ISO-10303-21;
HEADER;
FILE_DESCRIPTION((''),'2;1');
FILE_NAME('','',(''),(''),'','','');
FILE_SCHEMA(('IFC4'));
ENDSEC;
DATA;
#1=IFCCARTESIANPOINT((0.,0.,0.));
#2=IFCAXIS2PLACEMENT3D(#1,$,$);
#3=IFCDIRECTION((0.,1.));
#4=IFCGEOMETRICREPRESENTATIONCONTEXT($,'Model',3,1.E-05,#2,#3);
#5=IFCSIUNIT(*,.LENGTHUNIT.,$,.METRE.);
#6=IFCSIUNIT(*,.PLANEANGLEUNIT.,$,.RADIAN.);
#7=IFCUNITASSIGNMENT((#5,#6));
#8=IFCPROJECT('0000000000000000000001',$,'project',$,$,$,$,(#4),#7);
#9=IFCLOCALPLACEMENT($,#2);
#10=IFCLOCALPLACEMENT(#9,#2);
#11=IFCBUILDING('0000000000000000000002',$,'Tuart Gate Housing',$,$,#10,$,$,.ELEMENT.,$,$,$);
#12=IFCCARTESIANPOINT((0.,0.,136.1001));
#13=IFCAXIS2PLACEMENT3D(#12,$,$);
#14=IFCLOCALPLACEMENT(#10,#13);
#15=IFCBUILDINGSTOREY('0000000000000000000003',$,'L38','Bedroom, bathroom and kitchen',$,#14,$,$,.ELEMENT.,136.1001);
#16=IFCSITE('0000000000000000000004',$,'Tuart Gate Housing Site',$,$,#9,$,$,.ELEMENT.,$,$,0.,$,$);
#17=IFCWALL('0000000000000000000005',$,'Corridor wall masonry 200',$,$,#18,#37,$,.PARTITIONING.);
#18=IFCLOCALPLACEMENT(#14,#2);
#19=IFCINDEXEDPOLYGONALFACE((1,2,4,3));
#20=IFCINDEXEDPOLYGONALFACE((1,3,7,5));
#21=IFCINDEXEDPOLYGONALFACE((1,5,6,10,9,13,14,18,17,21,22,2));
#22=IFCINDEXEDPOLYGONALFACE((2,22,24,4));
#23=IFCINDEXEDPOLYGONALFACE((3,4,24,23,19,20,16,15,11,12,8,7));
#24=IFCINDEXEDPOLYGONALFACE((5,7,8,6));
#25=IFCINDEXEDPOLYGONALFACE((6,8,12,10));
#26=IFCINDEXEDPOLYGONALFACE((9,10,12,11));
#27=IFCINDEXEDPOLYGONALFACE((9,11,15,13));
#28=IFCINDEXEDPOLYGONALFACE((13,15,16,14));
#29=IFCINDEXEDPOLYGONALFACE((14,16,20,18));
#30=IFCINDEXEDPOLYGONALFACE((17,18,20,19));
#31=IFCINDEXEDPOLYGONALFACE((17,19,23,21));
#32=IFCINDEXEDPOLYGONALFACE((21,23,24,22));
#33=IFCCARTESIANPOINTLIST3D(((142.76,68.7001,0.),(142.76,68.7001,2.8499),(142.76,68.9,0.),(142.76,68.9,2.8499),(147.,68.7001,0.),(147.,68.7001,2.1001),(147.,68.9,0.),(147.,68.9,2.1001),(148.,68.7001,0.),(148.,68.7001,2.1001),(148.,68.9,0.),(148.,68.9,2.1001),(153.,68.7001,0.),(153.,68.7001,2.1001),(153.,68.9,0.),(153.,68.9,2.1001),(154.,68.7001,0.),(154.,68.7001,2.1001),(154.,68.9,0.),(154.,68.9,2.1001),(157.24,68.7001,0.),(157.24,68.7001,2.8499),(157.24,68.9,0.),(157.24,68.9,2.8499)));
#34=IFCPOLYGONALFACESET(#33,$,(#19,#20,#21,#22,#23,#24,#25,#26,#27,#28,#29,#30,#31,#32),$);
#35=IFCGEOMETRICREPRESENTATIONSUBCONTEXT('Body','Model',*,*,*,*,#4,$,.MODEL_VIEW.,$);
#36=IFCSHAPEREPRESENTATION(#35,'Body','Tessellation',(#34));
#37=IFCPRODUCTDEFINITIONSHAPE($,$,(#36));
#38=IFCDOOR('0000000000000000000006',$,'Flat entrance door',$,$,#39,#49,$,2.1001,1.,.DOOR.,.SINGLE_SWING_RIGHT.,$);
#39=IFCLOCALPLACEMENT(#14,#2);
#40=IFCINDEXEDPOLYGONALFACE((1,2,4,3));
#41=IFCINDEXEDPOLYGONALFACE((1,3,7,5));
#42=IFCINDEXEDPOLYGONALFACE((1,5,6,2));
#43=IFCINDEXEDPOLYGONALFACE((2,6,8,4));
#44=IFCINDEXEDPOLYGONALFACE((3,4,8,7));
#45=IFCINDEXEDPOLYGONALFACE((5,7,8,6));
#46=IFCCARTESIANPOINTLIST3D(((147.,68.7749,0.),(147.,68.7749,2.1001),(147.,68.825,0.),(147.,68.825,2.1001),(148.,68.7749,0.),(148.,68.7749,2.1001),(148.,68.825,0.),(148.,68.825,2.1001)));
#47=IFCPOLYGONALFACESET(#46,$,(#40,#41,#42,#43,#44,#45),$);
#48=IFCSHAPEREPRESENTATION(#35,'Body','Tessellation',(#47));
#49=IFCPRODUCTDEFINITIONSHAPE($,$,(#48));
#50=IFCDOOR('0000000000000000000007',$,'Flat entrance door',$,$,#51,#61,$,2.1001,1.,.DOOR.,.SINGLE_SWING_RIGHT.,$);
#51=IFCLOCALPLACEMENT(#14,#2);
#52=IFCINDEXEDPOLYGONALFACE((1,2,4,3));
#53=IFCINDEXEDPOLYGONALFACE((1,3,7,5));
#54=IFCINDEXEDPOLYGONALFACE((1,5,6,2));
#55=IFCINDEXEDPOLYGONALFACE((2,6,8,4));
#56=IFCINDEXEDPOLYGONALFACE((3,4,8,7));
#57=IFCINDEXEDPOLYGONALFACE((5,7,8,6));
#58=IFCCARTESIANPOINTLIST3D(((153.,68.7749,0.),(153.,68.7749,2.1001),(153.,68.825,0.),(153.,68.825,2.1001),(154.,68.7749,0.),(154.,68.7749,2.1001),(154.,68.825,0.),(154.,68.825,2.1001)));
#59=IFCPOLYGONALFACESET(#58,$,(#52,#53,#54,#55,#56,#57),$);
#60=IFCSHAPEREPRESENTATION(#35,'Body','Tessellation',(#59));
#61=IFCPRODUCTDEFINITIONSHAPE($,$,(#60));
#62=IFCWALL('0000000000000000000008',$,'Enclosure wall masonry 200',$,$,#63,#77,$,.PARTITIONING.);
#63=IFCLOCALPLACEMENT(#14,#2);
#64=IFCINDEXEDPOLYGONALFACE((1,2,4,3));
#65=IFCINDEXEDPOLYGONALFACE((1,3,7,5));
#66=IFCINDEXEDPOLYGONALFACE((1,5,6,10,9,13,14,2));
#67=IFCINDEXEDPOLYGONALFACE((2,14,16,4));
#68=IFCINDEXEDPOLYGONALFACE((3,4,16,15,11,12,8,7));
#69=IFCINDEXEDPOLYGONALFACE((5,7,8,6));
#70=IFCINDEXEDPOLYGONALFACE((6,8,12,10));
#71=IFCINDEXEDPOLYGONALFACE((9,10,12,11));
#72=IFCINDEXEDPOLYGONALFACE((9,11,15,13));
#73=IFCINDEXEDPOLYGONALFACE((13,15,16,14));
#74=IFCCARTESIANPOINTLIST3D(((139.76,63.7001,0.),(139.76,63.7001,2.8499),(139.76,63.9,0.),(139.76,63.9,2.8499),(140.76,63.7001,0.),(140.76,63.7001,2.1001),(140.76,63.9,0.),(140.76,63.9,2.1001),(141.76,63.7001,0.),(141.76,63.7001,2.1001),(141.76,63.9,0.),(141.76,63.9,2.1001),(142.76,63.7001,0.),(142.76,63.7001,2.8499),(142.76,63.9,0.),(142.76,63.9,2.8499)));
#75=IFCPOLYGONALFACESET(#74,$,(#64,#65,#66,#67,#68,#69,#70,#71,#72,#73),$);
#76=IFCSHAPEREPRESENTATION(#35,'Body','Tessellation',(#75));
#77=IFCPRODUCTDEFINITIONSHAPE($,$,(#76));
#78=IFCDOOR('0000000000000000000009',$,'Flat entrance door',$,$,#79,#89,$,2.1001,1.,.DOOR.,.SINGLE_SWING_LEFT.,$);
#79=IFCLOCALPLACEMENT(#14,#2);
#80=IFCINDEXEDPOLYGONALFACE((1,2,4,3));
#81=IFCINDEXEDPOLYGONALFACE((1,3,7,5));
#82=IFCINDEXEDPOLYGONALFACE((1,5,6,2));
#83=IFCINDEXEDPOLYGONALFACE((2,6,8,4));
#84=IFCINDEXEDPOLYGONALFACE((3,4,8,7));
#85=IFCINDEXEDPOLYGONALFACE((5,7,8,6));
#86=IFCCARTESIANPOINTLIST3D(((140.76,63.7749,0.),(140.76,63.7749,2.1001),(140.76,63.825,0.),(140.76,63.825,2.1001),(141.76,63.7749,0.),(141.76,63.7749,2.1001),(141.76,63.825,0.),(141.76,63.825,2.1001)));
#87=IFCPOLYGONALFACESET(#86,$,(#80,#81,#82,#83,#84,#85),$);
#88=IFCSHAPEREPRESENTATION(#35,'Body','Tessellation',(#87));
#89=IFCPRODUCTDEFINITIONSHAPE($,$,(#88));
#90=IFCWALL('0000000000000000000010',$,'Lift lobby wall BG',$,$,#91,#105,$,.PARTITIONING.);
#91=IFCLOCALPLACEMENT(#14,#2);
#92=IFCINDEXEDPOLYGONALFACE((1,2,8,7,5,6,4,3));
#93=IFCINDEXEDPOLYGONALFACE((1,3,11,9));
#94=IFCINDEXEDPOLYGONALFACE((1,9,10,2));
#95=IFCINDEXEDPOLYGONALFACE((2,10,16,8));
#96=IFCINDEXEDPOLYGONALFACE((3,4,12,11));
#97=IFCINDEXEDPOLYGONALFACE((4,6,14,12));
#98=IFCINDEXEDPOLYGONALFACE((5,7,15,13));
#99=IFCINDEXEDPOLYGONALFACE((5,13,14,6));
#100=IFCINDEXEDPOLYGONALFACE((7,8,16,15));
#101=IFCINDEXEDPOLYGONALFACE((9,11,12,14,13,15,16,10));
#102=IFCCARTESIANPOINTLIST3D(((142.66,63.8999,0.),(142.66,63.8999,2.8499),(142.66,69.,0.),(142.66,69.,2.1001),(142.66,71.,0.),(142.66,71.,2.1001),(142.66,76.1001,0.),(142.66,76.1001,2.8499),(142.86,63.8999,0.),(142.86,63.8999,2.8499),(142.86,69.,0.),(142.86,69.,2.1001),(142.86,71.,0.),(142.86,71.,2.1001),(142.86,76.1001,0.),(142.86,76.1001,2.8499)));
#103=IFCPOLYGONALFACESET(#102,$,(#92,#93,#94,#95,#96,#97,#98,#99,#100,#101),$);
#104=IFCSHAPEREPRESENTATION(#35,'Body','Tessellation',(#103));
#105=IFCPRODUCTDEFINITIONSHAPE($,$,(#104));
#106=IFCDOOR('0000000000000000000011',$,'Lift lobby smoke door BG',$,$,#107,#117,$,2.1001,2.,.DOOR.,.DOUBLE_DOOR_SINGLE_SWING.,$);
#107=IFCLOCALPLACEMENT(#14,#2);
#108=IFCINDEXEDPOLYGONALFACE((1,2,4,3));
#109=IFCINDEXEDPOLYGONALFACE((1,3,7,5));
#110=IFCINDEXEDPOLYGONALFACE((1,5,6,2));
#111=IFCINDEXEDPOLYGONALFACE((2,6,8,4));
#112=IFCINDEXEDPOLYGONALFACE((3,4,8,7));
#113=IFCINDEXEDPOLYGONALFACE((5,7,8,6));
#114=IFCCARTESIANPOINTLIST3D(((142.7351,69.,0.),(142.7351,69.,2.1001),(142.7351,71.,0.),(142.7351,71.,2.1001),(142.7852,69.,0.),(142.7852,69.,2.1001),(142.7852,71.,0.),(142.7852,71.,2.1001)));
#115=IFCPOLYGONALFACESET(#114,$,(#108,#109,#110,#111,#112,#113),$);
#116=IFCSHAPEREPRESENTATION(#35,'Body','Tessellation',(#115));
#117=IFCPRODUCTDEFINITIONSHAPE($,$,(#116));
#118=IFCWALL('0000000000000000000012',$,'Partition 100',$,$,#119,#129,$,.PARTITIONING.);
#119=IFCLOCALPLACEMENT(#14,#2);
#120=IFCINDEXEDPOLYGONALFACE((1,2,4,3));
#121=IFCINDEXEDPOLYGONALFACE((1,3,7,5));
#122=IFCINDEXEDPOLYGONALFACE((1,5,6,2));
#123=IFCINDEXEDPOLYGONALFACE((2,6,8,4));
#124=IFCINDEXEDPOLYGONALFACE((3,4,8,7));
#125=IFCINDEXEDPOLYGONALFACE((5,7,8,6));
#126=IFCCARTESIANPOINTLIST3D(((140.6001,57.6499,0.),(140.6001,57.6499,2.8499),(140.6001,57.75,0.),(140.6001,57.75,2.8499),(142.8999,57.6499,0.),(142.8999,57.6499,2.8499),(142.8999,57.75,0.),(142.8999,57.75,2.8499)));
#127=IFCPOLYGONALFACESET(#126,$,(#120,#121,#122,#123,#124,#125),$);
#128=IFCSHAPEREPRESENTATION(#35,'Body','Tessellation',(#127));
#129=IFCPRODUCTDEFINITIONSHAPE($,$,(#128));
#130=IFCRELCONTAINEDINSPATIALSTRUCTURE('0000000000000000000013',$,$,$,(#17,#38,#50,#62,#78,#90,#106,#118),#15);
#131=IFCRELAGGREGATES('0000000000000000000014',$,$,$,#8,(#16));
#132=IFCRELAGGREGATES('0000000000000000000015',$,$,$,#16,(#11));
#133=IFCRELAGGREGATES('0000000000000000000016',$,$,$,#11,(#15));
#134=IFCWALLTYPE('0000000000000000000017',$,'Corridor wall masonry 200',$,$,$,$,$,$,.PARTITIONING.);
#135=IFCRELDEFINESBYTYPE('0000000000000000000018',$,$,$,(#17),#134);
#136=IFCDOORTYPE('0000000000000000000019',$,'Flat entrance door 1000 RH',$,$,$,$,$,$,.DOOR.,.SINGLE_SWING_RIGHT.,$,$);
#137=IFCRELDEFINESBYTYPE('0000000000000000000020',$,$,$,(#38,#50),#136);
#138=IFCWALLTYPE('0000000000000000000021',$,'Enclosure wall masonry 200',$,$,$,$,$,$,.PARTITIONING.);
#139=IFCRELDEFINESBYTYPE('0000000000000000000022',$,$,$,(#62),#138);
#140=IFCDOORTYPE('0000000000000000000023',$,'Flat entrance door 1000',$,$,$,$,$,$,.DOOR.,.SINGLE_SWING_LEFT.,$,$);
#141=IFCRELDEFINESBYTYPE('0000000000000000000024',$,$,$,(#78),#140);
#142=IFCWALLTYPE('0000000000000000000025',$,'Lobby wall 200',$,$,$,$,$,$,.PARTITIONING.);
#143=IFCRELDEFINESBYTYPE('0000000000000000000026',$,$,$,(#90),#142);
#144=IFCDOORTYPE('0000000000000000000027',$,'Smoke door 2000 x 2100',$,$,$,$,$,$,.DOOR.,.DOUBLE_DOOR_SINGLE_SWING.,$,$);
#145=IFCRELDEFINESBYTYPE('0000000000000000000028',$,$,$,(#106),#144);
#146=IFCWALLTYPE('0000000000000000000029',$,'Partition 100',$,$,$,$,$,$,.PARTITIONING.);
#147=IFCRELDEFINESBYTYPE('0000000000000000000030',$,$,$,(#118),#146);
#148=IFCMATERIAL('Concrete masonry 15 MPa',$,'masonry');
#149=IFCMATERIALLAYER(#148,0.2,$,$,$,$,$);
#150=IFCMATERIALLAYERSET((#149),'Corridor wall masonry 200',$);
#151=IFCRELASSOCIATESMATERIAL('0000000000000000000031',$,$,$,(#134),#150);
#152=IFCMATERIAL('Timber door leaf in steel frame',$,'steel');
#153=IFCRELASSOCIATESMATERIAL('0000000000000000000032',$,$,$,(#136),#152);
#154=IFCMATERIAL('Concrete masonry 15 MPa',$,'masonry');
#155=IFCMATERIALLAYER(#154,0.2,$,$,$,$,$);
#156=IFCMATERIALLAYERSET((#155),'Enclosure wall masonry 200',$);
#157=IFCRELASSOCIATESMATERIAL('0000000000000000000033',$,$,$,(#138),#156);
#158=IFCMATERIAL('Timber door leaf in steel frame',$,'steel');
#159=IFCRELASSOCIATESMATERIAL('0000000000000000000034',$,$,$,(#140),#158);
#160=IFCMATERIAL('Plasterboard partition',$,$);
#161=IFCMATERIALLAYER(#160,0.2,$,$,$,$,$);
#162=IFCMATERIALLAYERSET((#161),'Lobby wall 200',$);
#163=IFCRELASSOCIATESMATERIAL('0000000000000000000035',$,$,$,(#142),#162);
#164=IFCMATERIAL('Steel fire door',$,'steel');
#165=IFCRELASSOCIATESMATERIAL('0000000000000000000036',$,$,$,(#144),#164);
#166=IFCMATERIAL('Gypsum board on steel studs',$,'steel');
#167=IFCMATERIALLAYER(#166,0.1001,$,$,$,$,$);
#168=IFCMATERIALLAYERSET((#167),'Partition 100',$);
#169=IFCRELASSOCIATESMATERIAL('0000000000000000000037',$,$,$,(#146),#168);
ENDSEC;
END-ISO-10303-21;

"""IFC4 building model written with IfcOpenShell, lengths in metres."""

from ifc_helpers import new_model, si_unit, direction, frame, frame_2d, origin, place, context, subcontext, project, spatial, rectangle, extrude, material, layer, layer_set, type_object, element, fill, save


model = new_model("IFC4")

# Units and contexts
model_context = context("Model", 3, precision=1e-05, world=origin(), true_north=direction((0.0, 1.0)))
body_context = subcontext(model_context, "Body", "Model", "MODEL_VIEW")
ifc_project = project(units=[si_unit("LENGTHUNIT", "METRE"), si_unit("PLANEANGLEUNIT", "RADIAN")], contexts=[model_context])

# Site, building, storey
site_placement = place(None, origin())
site = spatial("IfcSite", under=ifc_project, at=site_placement, Name="Tuart Gate Housing Site", CompositionType="ELEMENT", RefElevation=0.0)
building_placement = place(site_placement, origin())
building = spatial("IfcBuilding", under=site, at=building_placement, Name="Tuart Gate Housing", CompositionType="ELEMENT")
storey_placement = place(building_placement, frame((0.0, 0.0, 136.1001)))
storey = spatial("IfcBuildingStorey", under=building, at=storey_placement, Name="L38", Description="Bedroom, bathroom and kitchen", CompositionType="ELEMENT", Elevation=136.1001)

# Wall, openings, doors
ifc_material_1 = material(Name="Concrete masonry 15 MPa", Category="masonry")
ifc_layer_1 = layer(ifc_material_1, 0.2)
ifc_layer_set_1 = layer_set([ifc_layer_1], Name="Corridor wall masonry 200")
wall_type_1 = type_object("IfcWallType", Name="Corridor wall masonry 200", PredefinedType="PARTITIONING", material=ifc_layer_set_1)
wall_1_placement = place(storey_placement, frame((142.76, 68.8, 0.0), z_axis=(0.0, 0.0, 1.0), x_axis=(1.0, 0.0, 0.0)))
wall_1 = element("IfcWall", 1, at=wall_1_placement, inside=storey, type_object=wall_type_1, Name="Corridor wall masonry 200", PredefinedType="PARTITIONING", context=body_context, shape_type="SweptSolid", body=[
    extrude(rectangle(XDim=14.48, YDim=0.2, at=frame_2d((7.24, 0.0))), origin(), (0.0, 0.0, 1.0), 2.8499),
])
opening_1_placement = place(wall_1_placement, frame((4.24, 0.0, 0.0)))
opening_1 = element("IfcOpeningElement", 2, at=opening_1_placement, cuts=wall_1, PredefinedType="OPENING", context=body_context, shape_type="SweptSolid", body=[
    extrude(rectangle(XDim=1.0, YDim=2.1001, at=frame_2d((0.5, 1.05))), frame((0.0, 0.1099, 0.0), z_axis=(0.0, -1.0, 0.0), x_axis=(1.0, 0.0, 0.0)), (0.0, 0.0, 1.0), 0.22),
])
opening_2_placement = place(wall_1_placement, frame((10.24, 0.0, 0.0)))
opening_2 = element("IfcOpeningElement", 3, at=opening_2_placement, cuts=wall_1, PredefinedType="OPENING", context=body_context, shape_type="SweptSolid", body=[
    extrude(rectangle(XDim=1.0, YDim=2.1001, at=frame_2d((0.5, 1.05))), frame((0.0, 0.1099, 0.0), z_axis=(0.0, -1.0, 0.0), x_axis=(1.0, 0.0, 0.0)), (0.0, 0.0, 1.0), 0.22),
])
ifc_material_2 = material(Name="Timber door leaf in steel frame", Category="steel")
door_type_1 = type_object("IfcDoorType", Name="Flat entrance door 1000 RH", OperationType="SINGLE_SWING_RIGHT", PredefinedType="DOOR", material=ifc_material_2)
door_1_placement = place(opening_1_placement, frame((1.0, 0.0, 0.0), z_axis=(0.0, 0.0, 1.0), x_axis=(-1.0, 0.0, 0.0)))
door_1 = element("IfcDoor", 4, at=door_1_placement, inside=storey, type_object=door_type_1, Name="Flat entrance door", OperationType="SINGLE_SWING_RIGHT", OverallHeight=2.1001, OverallWidth=1.0, PredefinedType="DOOR", context=body_context, shape_type="SweptSolid", body=[
    extrude(rectangle(XDim=1.0, YDim=2.1001, at=frame_2d((0.5, 1.05))), frame((0.0, 0.0251, 0.0), z_axis=(0.0, -1.0, 0.0), x_axis=(1.0, 0.0, 0.0)), (0.0, 0.0, 1.0), 0.05),
])
fill(opening_1, door_1)
door_2_placement = place(opening_2_placement, frame((1.0, 0.0, 0.0), z_axis=(0.0, 0.0, 1.0), x_axis=(-1.0, 0.0, 0.0)))
door_2 = element("IfcDoor", 5, at=door_2_placement, inside=storey, type_object=door_type_1, Name="Flat entrance door", OperationType="SINGLE_SWING_RIGHT", OverallHeight=2.1001, OverallWidth=1.0, PredefinedType="DOOR", context=body_context, shape_type="SweptSolid", body=[
    extrude(rectangle(XDim=1.0, YDim=2.1001, at=frame_2d((0.5, 1.05))), frame((0.0, 0.0251, 0.0), z_axis=(0.0, -1.0, 0.0), x_axis=(1.0, 0.0, 0.0)), (0.0, 0.0, 1.0), 0.05),
])
fill(opening_2, door_2)

# Walls, openings, doors
ifc_material_3 = material(Name="Concrete masonry 15 MPa", Category="masonry")
ifc_layer_2 = layer(ifc_material_3, 0.2)
ifc_layer_set_2 = layer_set([ifc_layer_2], Name="Enclosure wall masonry 200")
wall_type_2 = type_object("IfcWallType", Name="Enclosure wall masonry 200", PredefinedType="PARTITIONING", material=ifc_layer_set_2)
wall_2_placement = place(storey_placement, frame((139.76, 63.8, 0.0), z_axis=(0.0, 0.0, 1.0), x_axis=(1.0, 0.0, 0.0)))
wall_2 = element("IfcWall", 6, at=wall_2_placement, inside=storey, type_object=wall_type_2, Name="Enclosure wall masonry 200", PredefinedType="PARTITIONING", context=body_context, shape_type="SweptSolid", body=[
    extrude(rectangle(XDim=3.0, YDim=0.2, at=frame_2d((1.5, 0.0))), origin(), (0.0, 0.0, 1.0), 2.8499),
])
opening_3_placement = place(wall_2_placement, frame((1.0, 0.0, 0.0)))
opening_3 = element("IfcOpeningElement", 7, at=opening_3_placement, cuts=wall_2, PredefinedType="OPENING", context=body_context, shape_type="SweptSolid", body=[
    extrude(rectangle(XDim=1.0, YDim=2.1001, at=frame_2d((0.5, 1.05))), frame((0.0, 0.1099, 0.0), z_axis=(0.0, -1.0, 0.0), x_axis=(1.0, 0.0, 0.0)), (0.0, 0.0, 1.0), 0.22),
])
ifc_material_4 = material(Name="Timber door leaf in steel frame", Category="steel")
door_type_2 = type_object("IfcDoorType", Name="Flat entrance door 1000", OperationType="SINGLE_SWING_LEFT", PredefinedType="DOOR", material=ifc_material_4)
door_3_placement = place(opening_3_placement, frame((1.0, 0.0, 0.0), z_axis=(0.0, 0.0, 1.0), x_axis=(-1.0, 0.0, 0.0)))
door_3 = element("IfcDoor", 8, at=door_3_placement, inside=storey, type_object=door_type_2, Name="Flat entrance door", OperationType="SINGLE_SWING_LEFT", OverallHeight=2.1001, OverallWidth=1.0, PredefinedType="DOOR", context=body_context, shape_type="SweptSolid", body=[
    extrude(rectangle(XDim=1.0, YDim=2.1001, at=frame_2d((0.5, 1.05))), frame((0.0, 0.0251, 0.0), z_axis=(0.0, -1.0, 0.0), x_axis=(1.0, 0.0, 0.0)), (0.0, 0.0, 1.0), 0.05),
])
fill(opening_3, door_3)
ifc_material_5 = material(Name="Plasterboard partition")
ifc_layer_3 = layer(ifc_material_5, 0.2)
ifc_layer_set_3 = layer_set([ifc_layer_3], Name="Lobby wall 200")
wall_type_3 = type_object("IfcWallType", Name="Lobby wall 200", PredefinedType="PARTITIONING", material=ifc_layer_set_3)
wall_3_placement = place(storey_placement, frame((142.76, 63.8999, 0.0), z_axis=(0.0, 0.0, 1.0), x_axis=(0.0, 1.0, 0.0)))
wall_3 = element("IfcWall", 9, at=wall_3_placement, inside=storey, type_object=wall_type_3, Name="Lift lobby wall BG", PredefinedType="PARTITIONING", context=body_context, shape_type="SweptSolid", body=[
    extrude(rectangle(XDim=12.2002, YDim=0.2, at=frame_2d((6.1001, 0.0))), origin(), (0.0, 0.0, 1.0), 2.8499),
])
opening_4_placement = place(wall_3_placement, frame((5.1001, 0.0, 0.0)))
opening_4 = element("IfcOpeningElement", 10, at=opening_4_placement, cuts=wall_3, PredefinedType="OPENING", context=body_context, shape_type="SweptSolid", body=[
    extrude(rectangle(XDim=2.0, YDim=2.1001, at=frame_2d((1.0, 1.05))), frame((0.0, 0.1099, 0.0), z_axis=(0.0, -1.0, 0.0), x_axis=(1.0, 0.0, 0.0)), (0.0, 0.0, 1.0), 0.22),
])
ifc_material_6 = material(Name="Steel fire door", Category="steel")
door_type_3 = type_object("IfcDoorType", Name="Smoke door 2000 x 2100", OperationType="DOUBLE_DOOR_SINGLE_SWING", PredefinedType="DOOR", material=ifc_material_6)
door_4_placement = place(opening_4_placement, origin())
door_4 = element("IfcDoor", 11, at=door_4_placement, inside=storey, type_object=door_type_3, Name="Lift lobby smoke door BG", OperationType="DOUBLE_DOOR_SINGLE_SWING", OverallHeight=2.1001, OverallWidth=2.0, PredefinedType="DOOR", context=body_context, shape_type="SweptSolid", body=[
    extrude(rectangle(XDim=2.0, YDim=2.1001, at=frame_2d((1.0, 1.05))), frame((0.0, 0.0249, 0.0), z_axis=(0.0, -1.0, 0.0), x_axis=(1.0, 0.0, 0.0)), (0.0, 0.0, 1.0), 0.05),
])
fill(opening_4, door_4)

# Wall
ifc_material_7 = material(Name="Gypsum board on steel studs", Category="steel")
ifc_layer_4 = layer(ifc_material_7, 0.1001)
ifc_layer_set_4 = layer_set([ifc_layer_4], Name="Partition 100")
wall_type_4 = type_object("IfcWallType", Name="Partition 100", PredefinedType="PARTITIONING", material=ifc_layer_set_4)
wall_4_placement = place(storey_placement, frame((140.6001, 57.7, 0.0), z_axis=(0.0, 0.0, 1.0), x_axis=(1.0, 0.0, 0.0)))
element("IfcWall", 12, at=wall_4_placement, inside=storey, type_object=wall_type_4, Name="Partition 100", PredefinedType="PARTITIONING", context=body_context, shape_type="SweptSolid", body=[
    extrude(rectangle(XDim=2.2998, YDim=0.1001, at=frame_2d((1.1499, 0.0))), origin(), (0.0, 0.0, 1.0), 2.8499),
])

save(model, "model.ifc")
